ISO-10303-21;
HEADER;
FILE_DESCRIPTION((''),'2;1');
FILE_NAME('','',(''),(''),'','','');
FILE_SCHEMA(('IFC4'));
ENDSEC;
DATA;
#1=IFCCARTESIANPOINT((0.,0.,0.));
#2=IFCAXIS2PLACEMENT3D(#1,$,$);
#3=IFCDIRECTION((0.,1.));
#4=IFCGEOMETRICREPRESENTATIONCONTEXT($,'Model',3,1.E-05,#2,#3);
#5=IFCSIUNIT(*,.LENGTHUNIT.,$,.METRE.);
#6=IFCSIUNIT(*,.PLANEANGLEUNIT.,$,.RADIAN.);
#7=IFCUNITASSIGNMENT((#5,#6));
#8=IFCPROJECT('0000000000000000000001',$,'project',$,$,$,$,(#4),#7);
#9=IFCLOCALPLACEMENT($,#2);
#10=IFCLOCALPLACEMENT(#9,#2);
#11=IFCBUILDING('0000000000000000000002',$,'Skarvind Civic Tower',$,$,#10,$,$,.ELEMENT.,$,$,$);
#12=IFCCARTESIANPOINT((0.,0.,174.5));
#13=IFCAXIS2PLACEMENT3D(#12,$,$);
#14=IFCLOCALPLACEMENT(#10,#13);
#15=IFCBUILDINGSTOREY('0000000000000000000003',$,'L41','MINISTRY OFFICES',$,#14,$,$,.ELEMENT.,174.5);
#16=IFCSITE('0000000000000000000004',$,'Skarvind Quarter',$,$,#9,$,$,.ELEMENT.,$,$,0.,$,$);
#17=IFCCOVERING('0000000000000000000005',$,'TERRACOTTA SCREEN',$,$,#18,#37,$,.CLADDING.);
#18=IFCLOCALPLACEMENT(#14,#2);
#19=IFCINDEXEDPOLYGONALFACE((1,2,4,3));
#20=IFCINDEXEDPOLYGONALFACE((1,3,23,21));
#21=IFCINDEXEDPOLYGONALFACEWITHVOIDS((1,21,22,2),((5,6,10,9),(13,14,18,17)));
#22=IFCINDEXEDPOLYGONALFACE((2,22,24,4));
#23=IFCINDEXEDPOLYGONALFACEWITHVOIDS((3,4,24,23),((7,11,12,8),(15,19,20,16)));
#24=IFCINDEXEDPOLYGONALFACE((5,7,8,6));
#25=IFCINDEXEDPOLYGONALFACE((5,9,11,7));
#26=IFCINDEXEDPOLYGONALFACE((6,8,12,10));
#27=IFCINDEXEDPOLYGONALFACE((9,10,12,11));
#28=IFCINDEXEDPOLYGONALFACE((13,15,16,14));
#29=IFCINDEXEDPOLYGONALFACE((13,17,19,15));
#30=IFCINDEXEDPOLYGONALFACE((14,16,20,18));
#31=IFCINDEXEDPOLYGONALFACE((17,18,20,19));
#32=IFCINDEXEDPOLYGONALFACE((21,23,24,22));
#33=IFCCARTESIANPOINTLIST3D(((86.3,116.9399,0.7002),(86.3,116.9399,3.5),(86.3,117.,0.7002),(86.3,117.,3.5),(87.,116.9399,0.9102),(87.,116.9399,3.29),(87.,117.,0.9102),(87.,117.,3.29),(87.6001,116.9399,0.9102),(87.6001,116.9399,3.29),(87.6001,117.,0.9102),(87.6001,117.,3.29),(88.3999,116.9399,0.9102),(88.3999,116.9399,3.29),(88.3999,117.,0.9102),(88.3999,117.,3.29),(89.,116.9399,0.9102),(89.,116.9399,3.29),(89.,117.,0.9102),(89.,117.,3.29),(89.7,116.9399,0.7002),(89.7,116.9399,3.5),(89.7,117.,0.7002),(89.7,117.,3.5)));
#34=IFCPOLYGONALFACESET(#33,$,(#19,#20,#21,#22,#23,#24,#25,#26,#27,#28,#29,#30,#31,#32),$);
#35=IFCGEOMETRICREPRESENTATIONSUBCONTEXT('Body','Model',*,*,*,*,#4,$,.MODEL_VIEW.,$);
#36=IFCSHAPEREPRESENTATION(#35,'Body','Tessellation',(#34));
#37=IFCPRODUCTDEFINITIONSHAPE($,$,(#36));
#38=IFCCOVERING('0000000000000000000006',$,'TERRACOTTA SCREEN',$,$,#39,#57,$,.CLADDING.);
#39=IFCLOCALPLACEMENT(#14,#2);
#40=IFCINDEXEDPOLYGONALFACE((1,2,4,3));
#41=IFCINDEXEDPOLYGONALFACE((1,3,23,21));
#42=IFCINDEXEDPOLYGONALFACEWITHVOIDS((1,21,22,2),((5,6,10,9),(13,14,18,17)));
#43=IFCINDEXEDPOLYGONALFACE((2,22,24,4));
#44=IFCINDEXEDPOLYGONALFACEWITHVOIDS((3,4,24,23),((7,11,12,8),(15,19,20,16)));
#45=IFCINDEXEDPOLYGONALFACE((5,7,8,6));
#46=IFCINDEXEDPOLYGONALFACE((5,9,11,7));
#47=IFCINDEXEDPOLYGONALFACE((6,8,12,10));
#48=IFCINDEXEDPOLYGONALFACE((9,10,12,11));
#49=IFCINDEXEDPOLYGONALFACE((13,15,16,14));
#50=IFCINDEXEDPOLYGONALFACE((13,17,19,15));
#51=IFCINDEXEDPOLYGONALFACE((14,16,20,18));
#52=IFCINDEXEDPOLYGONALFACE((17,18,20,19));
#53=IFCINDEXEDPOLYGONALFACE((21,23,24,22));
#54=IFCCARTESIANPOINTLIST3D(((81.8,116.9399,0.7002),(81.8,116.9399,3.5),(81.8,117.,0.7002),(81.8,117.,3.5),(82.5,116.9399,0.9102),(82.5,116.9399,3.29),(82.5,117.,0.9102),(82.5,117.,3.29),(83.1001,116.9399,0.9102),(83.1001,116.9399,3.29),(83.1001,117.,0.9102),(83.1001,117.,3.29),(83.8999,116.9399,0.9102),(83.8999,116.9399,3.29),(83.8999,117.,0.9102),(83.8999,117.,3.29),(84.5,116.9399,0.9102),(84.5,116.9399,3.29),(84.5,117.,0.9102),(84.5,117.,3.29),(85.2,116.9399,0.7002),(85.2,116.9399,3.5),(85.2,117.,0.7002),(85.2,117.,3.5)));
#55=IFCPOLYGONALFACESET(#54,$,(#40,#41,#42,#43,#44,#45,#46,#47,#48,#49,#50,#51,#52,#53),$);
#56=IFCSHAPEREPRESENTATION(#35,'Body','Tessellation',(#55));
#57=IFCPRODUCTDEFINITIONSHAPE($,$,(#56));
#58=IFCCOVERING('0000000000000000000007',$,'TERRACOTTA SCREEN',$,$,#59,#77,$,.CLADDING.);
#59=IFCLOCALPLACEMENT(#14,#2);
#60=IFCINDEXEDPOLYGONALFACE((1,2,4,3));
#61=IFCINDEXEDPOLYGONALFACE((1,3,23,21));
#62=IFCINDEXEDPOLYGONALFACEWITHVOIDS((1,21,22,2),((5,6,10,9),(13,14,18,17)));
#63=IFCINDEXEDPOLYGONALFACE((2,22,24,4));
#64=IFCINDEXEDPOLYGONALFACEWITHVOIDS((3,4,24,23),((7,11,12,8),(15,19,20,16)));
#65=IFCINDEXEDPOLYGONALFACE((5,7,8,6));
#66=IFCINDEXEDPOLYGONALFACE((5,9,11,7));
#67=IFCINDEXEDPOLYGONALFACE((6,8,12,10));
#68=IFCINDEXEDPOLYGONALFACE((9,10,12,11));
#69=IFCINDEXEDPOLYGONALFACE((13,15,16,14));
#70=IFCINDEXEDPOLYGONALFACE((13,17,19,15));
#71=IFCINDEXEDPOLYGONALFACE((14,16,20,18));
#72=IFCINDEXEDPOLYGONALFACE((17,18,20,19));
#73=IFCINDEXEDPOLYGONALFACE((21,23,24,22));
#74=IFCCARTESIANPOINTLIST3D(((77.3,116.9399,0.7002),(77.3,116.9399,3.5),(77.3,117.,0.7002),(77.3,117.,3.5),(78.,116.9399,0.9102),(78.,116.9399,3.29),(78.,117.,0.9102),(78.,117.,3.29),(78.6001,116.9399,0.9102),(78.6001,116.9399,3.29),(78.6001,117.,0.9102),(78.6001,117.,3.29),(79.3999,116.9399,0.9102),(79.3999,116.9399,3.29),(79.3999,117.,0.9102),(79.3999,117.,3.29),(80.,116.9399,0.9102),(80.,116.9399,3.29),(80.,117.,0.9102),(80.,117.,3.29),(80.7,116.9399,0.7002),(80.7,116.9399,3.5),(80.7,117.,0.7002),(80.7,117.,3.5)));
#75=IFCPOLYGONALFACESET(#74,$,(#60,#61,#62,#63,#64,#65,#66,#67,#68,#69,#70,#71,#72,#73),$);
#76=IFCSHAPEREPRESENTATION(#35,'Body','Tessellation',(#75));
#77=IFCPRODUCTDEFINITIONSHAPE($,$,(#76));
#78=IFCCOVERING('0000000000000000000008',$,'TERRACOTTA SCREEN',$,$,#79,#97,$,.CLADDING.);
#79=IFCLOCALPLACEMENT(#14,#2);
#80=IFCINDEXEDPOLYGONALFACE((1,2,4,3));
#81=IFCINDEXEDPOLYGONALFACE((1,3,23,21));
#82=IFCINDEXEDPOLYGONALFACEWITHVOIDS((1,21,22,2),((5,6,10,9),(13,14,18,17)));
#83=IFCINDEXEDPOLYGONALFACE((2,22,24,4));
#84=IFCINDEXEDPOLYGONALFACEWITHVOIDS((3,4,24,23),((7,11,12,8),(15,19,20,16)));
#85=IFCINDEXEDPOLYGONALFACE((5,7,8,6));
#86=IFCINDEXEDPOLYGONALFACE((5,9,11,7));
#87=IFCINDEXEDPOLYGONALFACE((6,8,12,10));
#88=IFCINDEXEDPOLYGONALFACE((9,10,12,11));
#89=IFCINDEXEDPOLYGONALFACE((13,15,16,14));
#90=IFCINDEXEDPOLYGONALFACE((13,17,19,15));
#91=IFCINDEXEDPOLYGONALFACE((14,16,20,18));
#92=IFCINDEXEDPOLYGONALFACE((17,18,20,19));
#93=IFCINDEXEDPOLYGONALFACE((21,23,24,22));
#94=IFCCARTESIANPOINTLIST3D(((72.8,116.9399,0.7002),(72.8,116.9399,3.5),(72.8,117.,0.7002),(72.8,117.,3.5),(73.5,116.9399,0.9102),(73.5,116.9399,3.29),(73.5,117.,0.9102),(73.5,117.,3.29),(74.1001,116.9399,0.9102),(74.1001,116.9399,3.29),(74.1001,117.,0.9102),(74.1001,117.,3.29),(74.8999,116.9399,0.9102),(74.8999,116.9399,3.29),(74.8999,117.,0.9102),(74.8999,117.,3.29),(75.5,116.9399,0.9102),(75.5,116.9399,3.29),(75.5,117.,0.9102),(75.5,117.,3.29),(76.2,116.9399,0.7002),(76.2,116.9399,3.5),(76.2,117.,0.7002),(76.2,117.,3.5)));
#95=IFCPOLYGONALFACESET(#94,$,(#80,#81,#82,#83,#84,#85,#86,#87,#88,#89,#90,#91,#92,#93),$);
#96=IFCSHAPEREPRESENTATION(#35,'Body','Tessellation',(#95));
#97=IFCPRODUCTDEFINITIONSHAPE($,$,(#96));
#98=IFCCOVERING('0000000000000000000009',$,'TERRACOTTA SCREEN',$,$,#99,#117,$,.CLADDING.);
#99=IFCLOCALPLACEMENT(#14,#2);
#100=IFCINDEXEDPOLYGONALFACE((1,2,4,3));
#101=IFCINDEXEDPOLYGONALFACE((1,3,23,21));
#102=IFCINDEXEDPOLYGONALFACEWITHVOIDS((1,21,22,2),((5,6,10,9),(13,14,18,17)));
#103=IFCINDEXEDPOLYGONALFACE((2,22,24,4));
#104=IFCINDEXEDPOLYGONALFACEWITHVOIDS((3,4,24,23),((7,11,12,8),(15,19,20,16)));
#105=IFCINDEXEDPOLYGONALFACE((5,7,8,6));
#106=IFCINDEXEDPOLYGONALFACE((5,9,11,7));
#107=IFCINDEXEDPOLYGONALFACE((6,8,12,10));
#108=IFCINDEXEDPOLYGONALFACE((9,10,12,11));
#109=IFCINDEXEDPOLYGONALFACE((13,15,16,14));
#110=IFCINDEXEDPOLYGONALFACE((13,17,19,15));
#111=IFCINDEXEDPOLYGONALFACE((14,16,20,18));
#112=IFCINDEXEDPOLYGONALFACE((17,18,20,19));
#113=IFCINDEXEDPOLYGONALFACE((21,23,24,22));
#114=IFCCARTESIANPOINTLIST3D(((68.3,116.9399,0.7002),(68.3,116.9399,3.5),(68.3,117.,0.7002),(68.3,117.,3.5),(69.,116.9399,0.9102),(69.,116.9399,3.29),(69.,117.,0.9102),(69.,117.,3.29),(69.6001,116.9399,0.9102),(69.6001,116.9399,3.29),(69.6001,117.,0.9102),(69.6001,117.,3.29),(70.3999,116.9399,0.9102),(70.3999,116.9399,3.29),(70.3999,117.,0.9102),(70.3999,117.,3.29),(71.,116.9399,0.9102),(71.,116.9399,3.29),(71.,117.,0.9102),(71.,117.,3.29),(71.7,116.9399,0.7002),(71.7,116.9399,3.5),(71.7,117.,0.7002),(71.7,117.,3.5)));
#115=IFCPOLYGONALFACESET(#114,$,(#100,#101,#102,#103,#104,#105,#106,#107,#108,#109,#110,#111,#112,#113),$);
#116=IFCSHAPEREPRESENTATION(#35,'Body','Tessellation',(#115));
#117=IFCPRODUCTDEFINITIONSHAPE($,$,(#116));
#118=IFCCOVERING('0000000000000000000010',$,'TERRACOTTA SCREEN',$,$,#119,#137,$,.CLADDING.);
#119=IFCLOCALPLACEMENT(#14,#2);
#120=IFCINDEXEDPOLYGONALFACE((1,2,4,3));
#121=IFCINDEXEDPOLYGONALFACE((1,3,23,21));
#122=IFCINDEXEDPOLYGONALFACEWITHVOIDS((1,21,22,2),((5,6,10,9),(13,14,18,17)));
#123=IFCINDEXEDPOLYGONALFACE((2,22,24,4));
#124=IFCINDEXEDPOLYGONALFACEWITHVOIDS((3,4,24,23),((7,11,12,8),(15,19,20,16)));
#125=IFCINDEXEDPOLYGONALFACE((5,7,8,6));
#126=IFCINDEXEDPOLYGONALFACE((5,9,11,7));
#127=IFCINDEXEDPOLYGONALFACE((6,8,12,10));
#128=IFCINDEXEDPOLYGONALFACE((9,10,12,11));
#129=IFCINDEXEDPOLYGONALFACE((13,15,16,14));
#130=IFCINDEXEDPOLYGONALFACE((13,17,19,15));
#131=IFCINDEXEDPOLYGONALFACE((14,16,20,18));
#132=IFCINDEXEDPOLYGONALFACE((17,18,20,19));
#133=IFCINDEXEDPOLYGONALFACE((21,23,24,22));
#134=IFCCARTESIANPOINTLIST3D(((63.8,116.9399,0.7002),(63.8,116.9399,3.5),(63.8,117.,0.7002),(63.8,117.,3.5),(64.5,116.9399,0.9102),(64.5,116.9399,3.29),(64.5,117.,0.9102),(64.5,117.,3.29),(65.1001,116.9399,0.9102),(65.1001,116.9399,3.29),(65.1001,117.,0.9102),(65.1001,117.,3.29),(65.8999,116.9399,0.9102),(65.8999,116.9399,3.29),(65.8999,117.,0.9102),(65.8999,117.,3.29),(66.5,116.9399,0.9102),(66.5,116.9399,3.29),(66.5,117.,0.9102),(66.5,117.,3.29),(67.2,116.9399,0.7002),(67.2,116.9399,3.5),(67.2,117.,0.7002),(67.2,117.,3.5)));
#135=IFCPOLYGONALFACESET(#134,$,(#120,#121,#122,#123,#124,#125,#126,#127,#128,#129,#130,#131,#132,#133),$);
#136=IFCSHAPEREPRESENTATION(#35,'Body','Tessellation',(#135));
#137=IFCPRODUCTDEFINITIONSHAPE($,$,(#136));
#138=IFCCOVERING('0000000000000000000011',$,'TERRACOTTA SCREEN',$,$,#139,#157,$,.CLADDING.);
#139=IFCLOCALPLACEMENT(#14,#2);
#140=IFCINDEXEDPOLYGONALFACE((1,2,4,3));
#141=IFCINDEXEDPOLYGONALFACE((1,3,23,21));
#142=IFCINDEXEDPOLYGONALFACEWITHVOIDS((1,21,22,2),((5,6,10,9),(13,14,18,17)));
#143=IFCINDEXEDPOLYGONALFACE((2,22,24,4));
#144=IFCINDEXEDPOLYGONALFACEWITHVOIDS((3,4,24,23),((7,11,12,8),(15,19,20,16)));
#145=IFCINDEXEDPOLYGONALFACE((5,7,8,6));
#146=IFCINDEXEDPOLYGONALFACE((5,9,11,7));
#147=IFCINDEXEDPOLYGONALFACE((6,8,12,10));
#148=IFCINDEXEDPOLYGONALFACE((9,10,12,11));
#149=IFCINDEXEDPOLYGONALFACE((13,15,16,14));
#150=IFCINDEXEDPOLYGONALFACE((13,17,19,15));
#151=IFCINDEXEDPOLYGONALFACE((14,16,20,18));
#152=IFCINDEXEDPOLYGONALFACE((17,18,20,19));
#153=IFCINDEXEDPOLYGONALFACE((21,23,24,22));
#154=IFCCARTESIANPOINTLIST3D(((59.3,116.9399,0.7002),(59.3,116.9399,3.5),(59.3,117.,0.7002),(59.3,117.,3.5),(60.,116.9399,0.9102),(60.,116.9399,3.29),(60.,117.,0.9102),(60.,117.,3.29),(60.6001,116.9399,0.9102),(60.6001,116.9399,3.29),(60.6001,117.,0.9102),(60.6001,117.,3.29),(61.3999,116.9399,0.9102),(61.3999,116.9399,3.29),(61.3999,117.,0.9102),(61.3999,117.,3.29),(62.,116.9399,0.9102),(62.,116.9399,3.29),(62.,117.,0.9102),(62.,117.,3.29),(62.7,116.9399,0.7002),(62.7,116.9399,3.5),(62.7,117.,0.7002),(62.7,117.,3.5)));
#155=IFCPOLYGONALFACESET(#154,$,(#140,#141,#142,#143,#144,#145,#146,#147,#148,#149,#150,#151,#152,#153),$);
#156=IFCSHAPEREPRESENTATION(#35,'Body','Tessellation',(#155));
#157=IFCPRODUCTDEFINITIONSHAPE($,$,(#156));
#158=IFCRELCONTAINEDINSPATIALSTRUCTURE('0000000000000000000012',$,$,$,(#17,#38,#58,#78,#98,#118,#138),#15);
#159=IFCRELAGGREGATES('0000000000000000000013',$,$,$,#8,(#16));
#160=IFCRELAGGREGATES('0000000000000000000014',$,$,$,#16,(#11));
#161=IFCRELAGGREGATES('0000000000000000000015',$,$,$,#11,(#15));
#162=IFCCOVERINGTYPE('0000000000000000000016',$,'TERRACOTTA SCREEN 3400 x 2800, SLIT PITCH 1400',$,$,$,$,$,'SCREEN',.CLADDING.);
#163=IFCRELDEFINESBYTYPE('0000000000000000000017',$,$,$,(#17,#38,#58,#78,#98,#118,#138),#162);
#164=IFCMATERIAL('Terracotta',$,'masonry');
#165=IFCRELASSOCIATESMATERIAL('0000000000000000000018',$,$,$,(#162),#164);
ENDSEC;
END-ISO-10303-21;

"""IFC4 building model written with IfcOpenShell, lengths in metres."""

from ifc_helpers import new_model, si_unit, direction, frame, origin, place, context, subcontext, project, spatial, polyline, outline, extrude, material, material_profile, profile_set, type_object, element, save


model = new_model("IFC4")

# Units and contexts
model_context = context("Model", 3, precision=1e-05, world=origin(), true_north=direction((0.0, 1.0)))
body_context = subcontext(model_context, "Body", "Model", "MODEL_VIEW")
ifc_project = project(units=[si_unit("LENGTHUNIT", "METRE"), si_unit("PLANEANGLEUNIT", "RADIAN")], contexts=[model_context])

# Site, building, storey
site_placement = place(None, origin())
site = spatial("IfcSite", under=ifc_project, at=site_placement, Name="Skarvind Quarter", CompositionType="ELEMENT", RefElevation=0.0)
building_placement = place(site_placement, origin())
building = spatial("IfcBuilding", under=site, at=building_placement, Name="Skarvind Civic Tower", CompositionType="ELEMENT")
storey_placement = place(building_placement, frame((0.0, 0.0, 174.5)))
storey = spatial("IfcBuildingStorey", under=building, at=storey_placement, Name="L41", Description="MINISTRY OFFICES", CompositionType="ELEMENT", Elevation=174.5)

# Coverings
ifc_material_1 = material(Name="Terracotta", Category="masonry")
ifc_material_profile_1 = material_profile(ifc_material_1, outline(polyline([(-1.7, -1.3999), (1.7, -1.3999), (1.7, 1.3999), (-1.7, 1.3999), (-1.7, -1.3999)]), holes=[polyline([(-1.0, -1.1899), (-0.3999, -1.1899), (-0.3999, 1.1899), (-1.0, 1.1899), (-1.0, -1.1899)]), polyline([(0.3999, -1.1899), (1.0, -1.1899), (1.0, 1.1899), (0.3999, 1.1899), (0.3999, -1.1899)])]), Name="TERRACOTTA SCREEN 3400 x 2800, SLIT PITCH 1400")
ifc_profile_set_1 = profile_set([ifc_material_profile_1], Name="Terracotta")
covering_type = type_object("IfcCoveringType", Name="TERRACOTTA SCREEN 3400 x 2800, SLIT PITCH 1400", ElementType="SCREEN", PredefinedType="CLADDING", material=ifc_profile_set_1)
for number, where, z_axis, x_axis, name in (
    (1, (88.0, 117.0, 2.1001), (0.0, -1.0, 0.0), (1.0, 0.0, 0.0), "TERRACOTTA SCREEN"),
    (2, (83.5, 117.0, 2.1001), (0.0, -1.0, 0.0), (1.0, 0.0, 0.0), "TERRACOTTA SCREEN"),
    (3, (79.0, 117.0, 2.1001), (0.0, -1.0, 0.0), (1.0, 0.0, 0.0), "TERRACOTTA SCREEN"),
    (4, (74.5, 117.0, 2.1001), (0.0, -1.0, 0.0), (1.0, 0.0, 0.0), "TERRACOTTA SCREEN"),
    (5, (70.0, 117.0, 2.1001), (0.0, -1.0, 0.0), (1.0, 0.0, 0.0), "TERRACOTTA SCREEN"),
    (6, (65.5, 117.0, 2.1001), (0.0, -1.0, 0.0), (1.0, 0.0, 0.0), "TERRACOTTA SCREEN"),
    (7, (61.0, 117.0, 2.1001), (0.0, -1.0, 0.0), (1.0, 0.0, 0.0), "TERRACOTTA SCREEN"),
):
    element("IfcCovering", number, at=place(storey_placement, frame(where, z_axis=z_axis, x_axis=x_axis)), inside=storey, type_object=covering_type, Name=name, PredefinedType="CLADDING", context=body_context, shape_type="SweptSolid", body=[
        extrude(outline(polyline([(-1.7, -1.3999), (1.7, -1.3999), (1.7, 1.3999), (-1.7, 1.3999), (-1.7, -1.3999)]), holes=[polyline([(-1.0, -1.1899), (-0.3999, -1.1899), (-0.3999, 1.1899), (-1.0, 1.1899), (-1.0, -1.1899)]), polyline([(0.3999, -1.1899), (1.0, -1.1899), (1.0, 1.1899), (0.3999, 1.1899), (0.3999, -1.1899)])]), origin(), (0.0, 0.0, 1.0), 0.0601),
    ])

save(model, "model.ifc")
